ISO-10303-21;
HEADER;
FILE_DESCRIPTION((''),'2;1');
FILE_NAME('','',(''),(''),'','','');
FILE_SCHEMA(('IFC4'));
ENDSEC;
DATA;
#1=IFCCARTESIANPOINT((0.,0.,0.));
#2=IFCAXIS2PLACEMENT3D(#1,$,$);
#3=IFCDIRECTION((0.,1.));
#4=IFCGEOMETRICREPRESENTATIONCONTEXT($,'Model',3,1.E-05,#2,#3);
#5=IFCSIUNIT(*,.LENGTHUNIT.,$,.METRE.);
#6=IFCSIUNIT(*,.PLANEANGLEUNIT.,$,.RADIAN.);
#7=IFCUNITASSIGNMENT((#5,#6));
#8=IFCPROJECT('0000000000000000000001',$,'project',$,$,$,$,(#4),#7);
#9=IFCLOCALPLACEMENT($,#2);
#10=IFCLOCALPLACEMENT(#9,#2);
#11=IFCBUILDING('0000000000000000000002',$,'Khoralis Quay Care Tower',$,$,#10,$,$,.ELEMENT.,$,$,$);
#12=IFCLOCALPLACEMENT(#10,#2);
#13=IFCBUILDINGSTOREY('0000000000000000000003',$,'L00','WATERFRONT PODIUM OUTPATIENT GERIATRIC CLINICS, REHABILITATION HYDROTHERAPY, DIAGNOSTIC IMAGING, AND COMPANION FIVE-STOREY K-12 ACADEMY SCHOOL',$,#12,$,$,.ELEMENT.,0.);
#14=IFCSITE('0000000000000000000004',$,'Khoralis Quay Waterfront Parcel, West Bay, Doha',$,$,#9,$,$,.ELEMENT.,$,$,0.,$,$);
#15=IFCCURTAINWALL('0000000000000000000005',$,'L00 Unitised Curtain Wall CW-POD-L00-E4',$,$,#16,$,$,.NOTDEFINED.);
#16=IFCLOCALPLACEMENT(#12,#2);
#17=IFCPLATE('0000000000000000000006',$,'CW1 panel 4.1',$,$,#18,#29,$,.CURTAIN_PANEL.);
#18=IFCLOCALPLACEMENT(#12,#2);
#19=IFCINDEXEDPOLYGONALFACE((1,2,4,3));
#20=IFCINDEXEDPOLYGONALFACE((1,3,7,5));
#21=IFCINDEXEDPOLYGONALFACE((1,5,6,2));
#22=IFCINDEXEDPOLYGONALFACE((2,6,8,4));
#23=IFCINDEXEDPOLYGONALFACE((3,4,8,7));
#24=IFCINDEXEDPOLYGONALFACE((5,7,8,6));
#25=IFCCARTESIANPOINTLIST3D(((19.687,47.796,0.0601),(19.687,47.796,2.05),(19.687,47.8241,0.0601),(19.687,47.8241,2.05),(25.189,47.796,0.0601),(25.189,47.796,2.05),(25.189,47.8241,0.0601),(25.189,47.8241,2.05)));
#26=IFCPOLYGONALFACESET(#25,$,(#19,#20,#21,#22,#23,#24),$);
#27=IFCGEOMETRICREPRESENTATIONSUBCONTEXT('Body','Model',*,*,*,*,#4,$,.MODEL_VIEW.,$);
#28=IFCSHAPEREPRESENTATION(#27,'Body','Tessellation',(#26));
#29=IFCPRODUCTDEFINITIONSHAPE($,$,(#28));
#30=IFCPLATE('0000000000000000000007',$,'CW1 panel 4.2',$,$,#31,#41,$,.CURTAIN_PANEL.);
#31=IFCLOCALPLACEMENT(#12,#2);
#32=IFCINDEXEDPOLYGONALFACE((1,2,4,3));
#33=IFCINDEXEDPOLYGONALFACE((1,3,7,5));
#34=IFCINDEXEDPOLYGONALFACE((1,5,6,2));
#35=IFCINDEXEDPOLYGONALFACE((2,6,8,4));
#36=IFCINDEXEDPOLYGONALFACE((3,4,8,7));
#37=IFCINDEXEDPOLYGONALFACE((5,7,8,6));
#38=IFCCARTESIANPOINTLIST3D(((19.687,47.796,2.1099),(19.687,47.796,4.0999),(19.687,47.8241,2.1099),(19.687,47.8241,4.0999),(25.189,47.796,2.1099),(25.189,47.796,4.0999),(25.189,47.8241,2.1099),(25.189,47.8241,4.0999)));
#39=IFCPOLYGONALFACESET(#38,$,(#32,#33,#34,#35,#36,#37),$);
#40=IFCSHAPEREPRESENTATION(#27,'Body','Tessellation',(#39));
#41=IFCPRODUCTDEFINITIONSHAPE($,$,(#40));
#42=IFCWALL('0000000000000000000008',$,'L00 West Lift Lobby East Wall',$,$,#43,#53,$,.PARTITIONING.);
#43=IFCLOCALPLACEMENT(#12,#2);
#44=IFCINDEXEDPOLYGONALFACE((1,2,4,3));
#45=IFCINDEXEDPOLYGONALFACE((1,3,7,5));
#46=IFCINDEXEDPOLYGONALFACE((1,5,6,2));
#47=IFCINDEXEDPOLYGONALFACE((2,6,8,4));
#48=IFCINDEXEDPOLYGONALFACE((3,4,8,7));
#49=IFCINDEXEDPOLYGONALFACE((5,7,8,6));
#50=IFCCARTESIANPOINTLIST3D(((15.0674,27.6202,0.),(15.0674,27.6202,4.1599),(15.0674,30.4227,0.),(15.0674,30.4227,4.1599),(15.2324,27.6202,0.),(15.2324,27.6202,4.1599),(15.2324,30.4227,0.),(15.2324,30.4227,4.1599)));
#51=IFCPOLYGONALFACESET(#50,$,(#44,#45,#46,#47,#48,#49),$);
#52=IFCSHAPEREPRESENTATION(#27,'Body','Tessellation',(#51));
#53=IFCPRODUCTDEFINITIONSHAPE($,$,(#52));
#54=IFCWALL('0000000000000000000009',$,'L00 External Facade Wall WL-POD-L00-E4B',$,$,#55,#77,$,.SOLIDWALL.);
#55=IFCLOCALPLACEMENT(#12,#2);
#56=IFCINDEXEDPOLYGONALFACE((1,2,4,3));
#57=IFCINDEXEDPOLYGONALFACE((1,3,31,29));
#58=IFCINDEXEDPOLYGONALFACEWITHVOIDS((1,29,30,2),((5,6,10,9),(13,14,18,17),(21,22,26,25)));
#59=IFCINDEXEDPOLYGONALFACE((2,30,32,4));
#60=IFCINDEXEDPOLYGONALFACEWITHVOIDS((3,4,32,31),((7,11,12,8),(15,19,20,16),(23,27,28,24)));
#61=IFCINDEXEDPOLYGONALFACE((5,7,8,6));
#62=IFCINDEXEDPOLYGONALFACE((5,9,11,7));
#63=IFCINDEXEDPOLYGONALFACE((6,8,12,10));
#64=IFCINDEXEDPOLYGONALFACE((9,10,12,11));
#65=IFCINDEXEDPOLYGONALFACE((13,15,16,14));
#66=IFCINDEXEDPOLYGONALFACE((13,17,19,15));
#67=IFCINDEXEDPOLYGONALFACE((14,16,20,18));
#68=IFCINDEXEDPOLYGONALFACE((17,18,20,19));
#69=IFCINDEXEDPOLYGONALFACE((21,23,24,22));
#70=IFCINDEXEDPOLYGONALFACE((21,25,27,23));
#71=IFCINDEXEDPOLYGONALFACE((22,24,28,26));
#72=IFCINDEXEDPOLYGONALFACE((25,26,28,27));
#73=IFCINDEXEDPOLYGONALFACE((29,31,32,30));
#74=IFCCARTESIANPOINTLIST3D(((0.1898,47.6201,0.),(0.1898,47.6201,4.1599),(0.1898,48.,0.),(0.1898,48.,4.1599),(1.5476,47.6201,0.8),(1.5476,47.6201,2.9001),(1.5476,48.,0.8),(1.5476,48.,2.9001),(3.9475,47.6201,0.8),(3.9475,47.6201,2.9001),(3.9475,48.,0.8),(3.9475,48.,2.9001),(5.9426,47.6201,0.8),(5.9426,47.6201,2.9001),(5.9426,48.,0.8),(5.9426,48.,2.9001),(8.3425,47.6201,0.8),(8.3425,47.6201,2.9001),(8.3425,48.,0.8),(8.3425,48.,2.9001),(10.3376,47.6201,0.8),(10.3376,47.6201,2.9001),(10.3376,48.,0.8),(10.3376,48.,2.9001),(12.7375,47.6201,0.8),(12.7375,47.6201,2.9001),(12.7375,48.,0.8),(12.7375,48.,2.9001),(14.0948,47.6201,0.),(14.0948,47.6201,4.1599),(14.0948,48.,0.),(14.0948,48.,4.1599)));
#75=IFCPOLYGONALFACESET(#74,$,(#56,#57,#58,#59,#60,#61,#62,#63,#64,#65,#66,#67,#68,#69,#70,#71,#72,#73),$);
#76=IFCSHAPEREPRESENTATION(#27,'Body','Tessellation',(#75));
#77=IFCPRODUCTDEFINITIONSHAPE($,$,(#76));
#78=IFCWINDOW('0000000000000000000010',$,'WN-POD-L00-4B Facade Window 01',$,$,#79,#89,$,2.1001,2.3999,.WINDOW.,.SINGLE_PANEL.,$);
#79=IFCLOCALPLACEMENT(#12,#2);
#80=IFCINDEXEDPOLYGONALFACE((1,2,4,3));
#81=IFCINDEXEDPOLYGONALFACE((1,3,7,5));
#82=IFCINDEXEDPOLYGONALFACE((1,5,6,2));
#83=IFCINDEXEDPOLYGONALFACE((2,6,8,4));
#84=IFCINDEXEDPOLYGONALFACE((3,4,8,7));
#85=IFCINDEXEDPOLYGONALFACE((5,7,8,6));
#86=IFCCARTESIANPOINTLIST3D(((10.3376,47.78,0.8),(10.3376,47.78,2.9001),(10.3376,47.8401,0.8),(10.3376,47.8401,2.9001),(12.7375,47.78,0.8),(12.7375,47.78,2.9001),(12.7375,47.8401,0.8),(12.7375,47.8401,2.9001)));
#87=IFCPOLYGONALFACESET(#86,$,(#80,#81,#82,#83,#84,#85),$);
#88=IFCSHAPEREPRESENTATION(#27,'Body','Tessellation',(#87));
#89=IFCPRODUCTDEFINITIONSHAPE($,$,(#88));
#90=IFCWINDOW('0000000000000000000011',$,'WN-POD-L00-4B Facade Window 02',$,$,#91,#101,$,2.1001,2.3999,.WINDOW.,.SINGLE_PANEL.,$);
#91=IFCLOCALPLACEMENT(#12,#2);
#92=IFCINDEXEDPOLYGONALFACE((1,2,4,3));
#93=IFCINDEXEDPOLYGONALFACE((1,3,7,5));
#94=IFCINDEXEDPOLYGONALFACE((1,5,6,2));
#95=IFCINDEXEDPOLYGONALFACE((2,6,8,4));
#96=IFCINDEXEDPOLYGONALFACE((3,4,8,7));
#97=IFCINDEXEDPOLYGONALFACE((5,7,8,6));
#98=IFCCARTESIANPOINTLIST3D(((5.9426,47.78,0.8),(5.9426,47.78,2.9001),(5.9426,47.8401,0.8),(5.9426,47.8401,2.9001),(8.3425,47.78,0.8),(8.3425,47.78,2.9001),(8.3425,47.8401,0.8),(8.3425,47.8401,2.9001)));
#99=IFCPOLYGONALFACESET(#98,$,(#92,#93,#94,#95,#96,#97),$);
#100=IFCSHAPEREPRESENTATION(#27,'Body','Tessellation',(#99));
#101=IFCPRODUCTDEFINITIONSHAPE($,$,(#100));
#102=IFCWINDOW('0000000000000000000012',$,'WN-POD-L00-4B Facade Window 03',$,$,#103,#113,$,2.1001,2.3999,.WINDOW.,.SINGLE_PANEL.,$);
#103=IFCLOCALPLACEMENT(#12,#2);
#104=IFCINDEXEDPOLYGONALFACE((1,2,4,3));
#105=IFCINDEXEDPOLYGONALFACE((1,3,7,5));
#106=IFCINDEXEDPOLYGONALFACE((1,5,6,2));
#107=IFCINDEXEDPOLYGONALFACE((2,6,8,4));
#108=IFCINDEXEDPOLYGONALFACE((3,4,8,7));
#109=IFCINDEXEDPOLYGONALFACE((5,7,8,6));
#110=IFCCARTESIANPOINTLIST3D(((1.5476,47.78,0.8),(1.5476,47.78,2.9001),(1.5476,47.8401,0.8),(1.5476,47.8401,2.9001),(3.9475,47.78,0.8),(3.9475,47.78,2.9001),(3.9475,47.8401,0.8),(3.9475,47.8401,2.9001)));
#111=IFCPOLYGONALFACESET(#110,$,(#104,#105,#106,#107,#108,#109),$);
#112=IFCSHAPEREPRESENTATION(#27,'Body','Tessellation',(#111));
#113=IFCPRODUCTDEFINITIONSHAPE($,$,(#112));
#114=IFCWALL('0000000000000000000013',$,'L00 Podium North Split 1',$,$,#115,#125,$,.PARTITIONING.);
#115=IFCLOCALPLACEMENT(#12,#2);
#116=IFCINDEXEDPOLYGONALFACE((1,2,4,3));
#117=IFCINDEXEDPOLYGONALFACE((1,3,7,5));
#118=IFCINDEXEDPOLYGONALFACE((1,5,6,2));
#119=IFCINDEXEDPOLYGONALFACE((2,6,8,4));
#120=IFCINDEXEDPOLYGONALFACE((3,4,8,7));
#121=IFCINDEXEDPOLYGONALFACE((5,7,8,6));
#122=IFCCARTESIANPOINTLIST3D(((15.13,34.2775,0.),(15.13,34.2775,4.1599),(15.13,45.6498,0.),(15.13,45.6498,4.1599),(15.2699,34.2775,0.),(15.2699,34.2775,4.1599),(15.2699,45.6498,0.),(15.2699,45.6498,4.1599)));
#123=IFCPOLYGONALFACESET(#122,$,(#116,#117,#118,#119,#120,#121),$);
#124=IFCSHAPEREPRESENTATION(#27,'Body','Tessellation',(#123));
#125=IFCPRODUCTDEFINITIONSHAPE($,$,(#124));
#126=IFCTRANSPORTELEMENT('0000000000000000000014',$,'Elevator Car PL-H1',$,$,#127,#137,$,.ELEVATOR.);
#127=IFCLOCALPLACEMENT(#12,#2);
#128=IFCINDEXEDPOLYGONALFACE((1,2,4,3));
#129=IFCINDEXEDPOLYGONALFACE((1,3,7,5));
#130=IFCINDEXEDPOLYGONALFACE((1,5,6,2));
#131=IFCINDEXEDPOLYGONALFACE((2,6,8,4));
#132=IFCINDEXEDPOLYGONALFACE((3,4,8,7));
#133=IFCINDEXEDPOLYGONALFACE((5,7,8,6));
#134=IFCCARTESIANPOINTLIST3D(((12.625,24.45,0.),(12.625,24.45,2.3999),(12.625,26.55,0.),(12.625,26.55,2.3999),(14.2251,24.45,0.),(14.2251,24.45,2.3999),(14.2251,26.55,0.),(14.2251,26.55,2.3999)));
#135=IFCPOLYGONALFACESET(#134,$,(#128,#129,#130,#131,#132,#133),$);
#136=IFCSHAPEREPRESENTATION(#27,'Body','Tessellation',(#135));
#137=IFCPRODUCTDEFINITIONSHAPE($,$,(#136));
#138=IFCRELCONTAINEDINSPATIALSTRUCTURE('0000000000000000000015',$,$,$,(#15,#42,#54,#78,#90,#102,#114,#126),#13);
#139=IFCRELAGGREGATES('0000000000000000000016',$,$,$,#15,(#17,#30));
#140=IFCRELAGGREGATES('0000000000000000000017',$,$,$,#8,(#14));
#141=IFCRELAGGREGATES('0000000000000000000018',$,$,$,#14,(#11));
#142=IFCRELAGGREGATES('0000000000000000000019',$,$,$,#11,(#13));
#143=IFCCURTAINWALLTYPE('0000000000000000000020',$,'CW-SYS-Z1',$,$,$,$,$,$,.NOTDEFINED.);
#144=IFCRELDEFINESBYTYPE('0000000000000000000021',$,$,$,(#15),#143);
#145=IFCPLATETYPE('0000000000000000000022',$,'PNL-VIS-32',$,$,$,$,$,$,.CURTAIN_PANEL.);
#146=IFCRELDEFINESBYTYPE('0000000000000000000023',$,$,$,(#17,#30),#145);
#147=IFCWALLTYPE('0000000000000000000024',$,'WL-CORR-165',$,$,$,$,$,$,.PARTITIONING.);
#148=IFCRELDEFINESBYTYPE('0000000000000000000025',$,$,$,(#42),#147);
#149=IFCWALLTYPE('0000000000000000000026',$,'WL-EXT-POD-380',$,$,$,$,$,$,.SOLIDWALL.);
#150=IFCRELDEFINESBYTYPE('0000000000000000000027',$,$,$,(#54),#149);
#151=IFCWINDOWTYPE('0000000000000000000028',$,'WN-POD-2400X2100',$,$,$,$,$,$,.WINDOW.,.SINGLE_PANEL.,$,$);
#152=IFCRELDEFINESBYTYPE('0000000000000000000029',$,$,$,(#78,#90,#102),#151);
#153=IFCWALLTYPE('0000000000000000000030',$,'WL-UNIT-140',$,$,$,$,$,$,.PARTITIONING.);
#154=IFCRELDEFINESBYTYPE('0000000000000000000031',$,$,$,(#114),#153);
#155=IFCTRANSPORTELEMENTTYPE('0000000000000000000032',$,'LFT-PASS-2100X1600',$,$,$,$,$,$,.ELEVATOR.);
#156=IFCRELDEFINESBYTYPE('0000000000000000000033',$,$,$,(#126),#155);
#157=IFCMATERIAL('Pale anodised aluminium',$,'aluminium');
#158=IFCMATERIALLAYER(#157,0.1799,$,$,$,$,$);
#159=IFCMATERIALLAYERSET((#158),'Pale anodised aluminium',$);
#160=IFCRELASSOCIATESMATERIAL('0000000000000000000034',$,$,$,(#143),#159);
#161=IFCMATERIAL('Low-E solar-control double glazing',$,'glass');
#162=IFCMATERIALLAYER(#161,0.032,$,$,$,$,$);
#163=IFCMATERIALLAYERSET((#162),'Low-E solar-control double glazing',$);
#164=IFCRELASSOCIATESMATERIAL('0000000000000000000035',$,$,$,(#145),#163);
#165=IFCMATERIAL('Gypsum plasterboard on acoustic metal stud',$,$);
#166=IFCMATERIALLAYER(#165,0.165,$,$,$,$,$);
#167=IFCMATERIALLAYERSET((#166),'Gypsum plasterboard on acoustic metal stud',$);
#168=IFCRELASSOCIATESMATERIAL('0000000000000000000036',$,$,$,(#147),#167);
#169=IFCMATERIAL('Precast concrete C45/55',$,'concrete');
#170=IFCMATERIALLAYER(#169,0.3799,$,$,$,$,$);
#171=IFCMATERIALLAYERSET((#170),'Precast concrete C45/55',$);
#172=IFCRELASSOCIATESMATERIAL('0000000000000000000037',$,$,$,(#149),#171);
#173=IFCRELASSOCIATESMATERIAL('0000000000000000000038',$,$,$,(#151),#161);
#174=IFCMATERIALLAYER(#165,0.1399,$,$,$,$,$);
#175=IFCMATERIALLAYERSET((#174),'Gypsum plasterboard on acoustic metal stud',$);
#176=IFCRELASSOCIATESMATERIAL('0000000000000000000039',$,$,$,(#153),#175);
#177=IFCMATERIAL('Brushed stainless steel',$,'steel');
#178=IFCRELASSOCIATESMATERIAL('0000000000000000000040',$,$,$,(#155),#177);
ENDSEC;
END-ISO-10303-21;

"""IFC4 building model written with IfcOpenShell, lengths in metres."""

from ifc_helpers import new_model, si_unit, direction, frame, frame_2d, origin, origin_2d, place, context, subcontext, project, spatial, rectangle, extrude, source, transform, mapped, material, layer, layer_set, type_object, element, fill, aggregate, save


model = new_model("IFC4")

# Units and contexts
model_context = context("Model", 3, precision=1e-05, world=origin(), true_north=direction((0.0, 1.0)))
body_context = subcontext(model_context, "Body", "Model", "MODEL_VIEW")
ifc_project = project(units=[si_unit("LENGTHUNIT", "METRE"), si_unit("PLANEANGLEUNIT", "RADIAN")], contexts=[model_context])

# Site, building, storey
site_placement = place(None, origin())
site = spatial("IfcSite", under=ifc_project, at=site_placement, Name="Khoralis Quay Waterfront Parcel, West Bay, Doha", CompositionType="ELEMENT", RefElevation=0.0)
building_placement = place(site_placement, origin())
building = spatial("IfcBuilding", under=site, at=building_placement, Name="Khoralis Quay Care Tower", CompositionType="ELEMENT")
storey_placement = place(building_placement, origin())
storey = spatial("IfcBuildingStorey", under=building, at=storey_placement, Name="L00", Description="WATERFRONT PODIUM OUTPATIENT GERIATRIC CLINICS, REHABILITATION HYDROTHERAPY, DIAGNOSTIC IMAGING, AND COMPANION FIVE-STOREY K-12 ACADEMY SCHOOL", CompositionType="ELEMENT", Elevation=0.0)

# Curtain wall, plates
ifc_material_1 = material(Name="Pale anodised aluminium", Category="aluminium")
ifc_layer_1 = layer(ifc_material_1, 0.1799)
ifc_layer_set_1 = layer_set([ifc_layer_1], Name="Pale anodised aluminium")
curtain_wall_type = type_object("IfcCurtainWallType", Name="CW-SYS-Z1", PredefinedType="NOTDEFINED", material=ifc_layer_set_1)
curtain_wall_placement = place(storey_placement, origin())
curtain_wall = element("IfcCurtainWall", 1, at=curtain_wall_placement, inside=storey, type_object=curtain_wall_type, Name="L00 Unitised Curtain Wall CW-POD-L00-E4", PredefinedType="NOTDEFINED")
ifc_material_2 = material(Name="Low-E solar-control double glazing", Category="glass")
ifc_layer_2 = layer(ifc_material_2, 0.032)
ifc_layer_set_2 = layer_set([ifc_layer_2], Name="Low-E solar-control double glazing")
plate_type = type_object("IfcPlateType", Name="PNL-VIS-32", PredefinedType="CURTAIN_PANEL", material=ifc_layer_set_2)
shared_shape_1 = source(origin(), body_context, "Body", "SweptSolid", [
    extrude(rectangle(XDim=5.502, YDim=0.0281, at=origin_2d()), origin(), (0.0, 0.0, 1.0), 1.99),
])
plate_1_placement = place(storey_placement, frame((22.438, 47.8101, 0.0601), z_axis=(0.0, 0.0, 1.0), x_axis=(-1.0, 0.0, 0.0)))
plate_1 = element("IfcPlate", 2, at=plate_1_placement, type_object=plate_type, Name="CW1 panel 4.1", PredefinedType="CURTAIN_PANEL", context=body_context, shape_type="MappedRepresentation", body=[
    mapped(shared_shape_1, transform((0.0, 0.0, 0.0), scale=1.0)),
])
plate_2_placement = place(storey_placement, frame((22.438, 47.8101, 2.1099), z_axis=(0.0, 0.0, 1.0), x_axis=(-1.0, 0.0, 0.0)))
plate_2 = element("IfcPlate", 3, at=plate_2_placement, type_object=plate_type, Name="CW1 panel 4.2", PredefinedType="CURTAIN_PANEL", context=body_context, shape_type="MappedRepresentation", body=[
    mapped(shared_shape_1, transform((0.0, 0.0, 0.0), scale=1.0)),
])
aggregate(curtain_wall, [plate_1, plate_2])

# Wall
ifc_material_3 = material(Name="Gypsum plasterboard on acoustic metal stud")
ifc_layer_3 = layer(ifc_material_3, 0.165)
ifc_layer_set_3 = layer_set([ifc_layer_3], Name="Gypsum plasterboard on acoustic metal stud")
wall_type_1 = type_object("IfcWallType", Name="WL-CORR-165", PredefinedType="PARTITIONING", material=ifc_layer_set_3)
wall_1_placement = place(storey_placement, frame((15.1499, 27.6201, 0.0), z_axis=(0.0, 0.0, 1.0), x_axis=(0.0, 1.0, 0.0)))
element("IfcWall", 4, at=wall_1_placement, inside=storey, type_object=wall_type_1, Name="L00 West Lift Lobby East Wall", PredefinedType="PARTITIONING", context=body_context, shape_type="SweptSolid", body=[
    extrude(rectangle(XDim=2.8025, YDim=0.165, at=frame_2d((1.4014, 0.0))), origin(), (0.0, 0.0, 1.0), 4.1599),
])

# Wall, openings, windows
ifc_material_4 = material(Name="Precast concrete C45/55", Category="concrete")
ifc_layer_4 = layer(ifc_material_4, 0.3799)
ifc_layer_set_4 = layer_set([ifc_layer_4], Name="Precast concrete C45/55")
wall_type_2 = type_object("IfcWallType", Name="WL-EXT-POD-380", PredefinedType="SOLIDWALL", material=ifc_layer_set_4)
wall_2_placement = place(storey_placement, frame((14.095, 47.8101, 0.0), z_axis=(0.0, 0.0, 1.0), x_axis=(-1.0, 0.0, 0.0)))
wall_2 = element("IfcWall", 5, at=wall_2_placement, inside=storey, type_object=wall_type_2, Name="L00 External Facade Wall WL-POD-L00-E4B", PredefinedType="SOLIDWALL", context=body_context, shape_type="SweptSolid", body=[
    extrude(rectangle(XDim=13.905, YDim=0.3799, at=frame_2d((6.9526, 0.0))), origin(), (0.0, 0.0, 1.0), 4.1599),
])
opening_1_placement = place(wall_2_placement, frame((1.3574, 0.0, 0.8)))
opening_1 = element("IfcOpeningElement", 6, at=opening_1_placement, cuts=wall_2, PredefinedType="OPENING", context=body_context, shape_type="SweptSolid", body=[
    extrude(rectangle(XDim=2.3999, YDim=2.1001, at=frame_2d((1.2, 1.05))), frame((0.0, 0.2, 0.0), z_axis=(0.0, -1.0, 0.0), x_axis=(1.0, 0.0, 0.0)), (0.0, 0.0, 1.0), 0.3999),
])
opening_2_placement = place(wall_2_placement, frame((5.7524, 0.0, 0.8)))
opening_2 = element("IfcOpeningElement", 7, at=opening_2_placement, cuts=wall_2, PredefinedType="OPENING", context=body_context, shape_type="SweptSolid", body=[
    extrude(rectangle(XDim=2.3999, YDim=2.1001, at=frame_2d((1.2, 1.05))), frame((0.0, 0.2, 0.0), z_axis=(0.0, -1.0, 0.0), x_axis=(1.0, 0.0, 0.0)), (0.0, 0.0, 1.0), 0.3999),
])
opening_3_placement = place(wall_2_placement, frame((10.1475, 0.0, 0.8)))
opening_3 = element("IfcOpeningElement", 8, at=opening_3_placement, cuts=wall_2, PredefinedType="OPENING", context=body_context, shape_type="SweptSolid", body=[
    extrude(rectangle(XDim=2.3999, YDim=2.1001, at=frame_2d((1.2, 1.05))), frame((0.0, 0.2, 0.0), z_axis=(0.0, -1.0, 0.0), x_axis=(1.0, 0.0, 0.0)), (0.0, 0.0, 1.0), 0.3999),
])
window_type = type_object("IfcWindowType", Name="WN-POD-2400X2100", PartitioningType="SINGLE_PANEL", PredefinedType="WINDOW", material=ifc_material_2)
shared_shape_2 = source(origin(), body_context, "Body", "SweptSolid", [
    extrude(rectangle(XDim=2.3999, YDim=2.1001, at=frame_2d((1.2, 1.05))), frame((0.0, 0.03, 0.0), z_axis=(0.0, -1.0, 0.0), x_axis=(1.0, 0.0, 0.0)), (0.0, 0.0, 1.0), 0.0601),
])
window_1_placement = place(opening_1_placement, origin())
window_1 = element("IfcWindow", 9, at=window_1_placement, inside=storey, type_object=window_type, Name="WN-POD-L00-4B Facade Window 01", OverallHeight=2.1001, OverallWidth=2.3999, PartitioningType="SINGLE_PANEL", PredefinedType="WINDOW", context=body_context, shape_type="MappedRepresentation", body=[
    mapped(shared_shape_2, transform((0.0, 0.0, 0.0), scale=1.0)),
])
fill(opening_1, window_1)
window_2_placement = place(opening_2_placement, origin())
window_2 = element("IfcWindow", 10, at=window_2_placement, inside=storey, type_object=window_type, Name="WN-POD-L00-4B Facade Window 02", OverallHeight=2.1001, OverallWidth=2.3999, PartitioningType="SINGLE_PANEL", PredefinedType="WINDOW", context=body_context, shape_type="MappedRepresentation", body=[
    mapped(shared_shape_2, transform((0.0, 0.0, 0.0), scale=1.0)),
])
fill(opening_2, window_2)
window_3_placement = place(opening_3_placement, origin())
window_3 = element("IfcWindow", 11, at=window_3_placement, inside=storey, type_object=window_type, Name="WN-POD-L00-4B Facade Window 03", OverallHeight=2.1001, OverallWidth=2.3999, PartitioningType="SINGLE_PANEL", PredefinedType="WINDOW", context=body_context, shape_type="MappedRepresentation", body=[
    mapped(shared_shape_2, transform((0.0, 0.0, 0.0), scale=1.0)),
])
fill(opening_3, window_3)

# Wall
ifc_layer_5 = layer(ifc_material_3, 0.1399)
ifc_layer_set_5 = layer_set([ifc_layer_5], Name="Gypsum plasterboard on acoustic metal stud")
wall_type_3 = type_object("IfcWallType", Name="WL-UNIT-140", PredefinedType="PARTITIONING", material=ifc_layer_set_5)
wall_3_placement = place(storey_placement, frame((15.2, 34.2776, 0.0), z_axis=(0.0, 0.0, 1.0), x_axis=(0.0, 1.0, 0.0)))
element("IfcWall", 12, at=wall_3_placement, inside=storey, type_object=wall_type_3, Name="L00 Podium North Split 1", PredefinedType="PARTITIONING", context=body_context, shape_type="SweptSolid", body=[
    extrude(rectangle(XDim=11.3723, YDim=0.1399, at=frame_2d((5.686, 0.0))), origin(), (0.0, 0.0, 1.0), 4.1599),
])

# Transport element
ifc_material_5 = material(Name="Brushed stainless steel", Category="steel")
transport_element_type = type_object("IfcTransportElementType", Name="LFT-PASS-2100X1600", PredefinedType="ELEVATOR", material=ifc_material_5)
shared_shape_3 = source(origin(), body_context, "Body", "SweptSolid", [
    extrude(rectangle(XDim=2.1001, YDim=1.6001, at=origin_2d()), origin(), (0.0, 0.0, 1.0), 2.3999),
])
transport_element_placement = place(storey_placement, frame((13.425, 25.5, 0.0), z_axis=(0.0, 0.0, 1.0), x_axis=(0.0, 1.0, 0.0)))
element("IfcTransportElement", 13, at=transport_element_placement, inside=storey, type_object=transport_element_type, Name="Elevator Car PL-H1", PredefinedType="ELEVATOR", context=body_context, shape_type="MappedRepresentation", body=[
    mapped(shared_shape_3, transform((0.0, 0.0, 0.0), scale=1.0)),
])

save(model, "model.ifc")
